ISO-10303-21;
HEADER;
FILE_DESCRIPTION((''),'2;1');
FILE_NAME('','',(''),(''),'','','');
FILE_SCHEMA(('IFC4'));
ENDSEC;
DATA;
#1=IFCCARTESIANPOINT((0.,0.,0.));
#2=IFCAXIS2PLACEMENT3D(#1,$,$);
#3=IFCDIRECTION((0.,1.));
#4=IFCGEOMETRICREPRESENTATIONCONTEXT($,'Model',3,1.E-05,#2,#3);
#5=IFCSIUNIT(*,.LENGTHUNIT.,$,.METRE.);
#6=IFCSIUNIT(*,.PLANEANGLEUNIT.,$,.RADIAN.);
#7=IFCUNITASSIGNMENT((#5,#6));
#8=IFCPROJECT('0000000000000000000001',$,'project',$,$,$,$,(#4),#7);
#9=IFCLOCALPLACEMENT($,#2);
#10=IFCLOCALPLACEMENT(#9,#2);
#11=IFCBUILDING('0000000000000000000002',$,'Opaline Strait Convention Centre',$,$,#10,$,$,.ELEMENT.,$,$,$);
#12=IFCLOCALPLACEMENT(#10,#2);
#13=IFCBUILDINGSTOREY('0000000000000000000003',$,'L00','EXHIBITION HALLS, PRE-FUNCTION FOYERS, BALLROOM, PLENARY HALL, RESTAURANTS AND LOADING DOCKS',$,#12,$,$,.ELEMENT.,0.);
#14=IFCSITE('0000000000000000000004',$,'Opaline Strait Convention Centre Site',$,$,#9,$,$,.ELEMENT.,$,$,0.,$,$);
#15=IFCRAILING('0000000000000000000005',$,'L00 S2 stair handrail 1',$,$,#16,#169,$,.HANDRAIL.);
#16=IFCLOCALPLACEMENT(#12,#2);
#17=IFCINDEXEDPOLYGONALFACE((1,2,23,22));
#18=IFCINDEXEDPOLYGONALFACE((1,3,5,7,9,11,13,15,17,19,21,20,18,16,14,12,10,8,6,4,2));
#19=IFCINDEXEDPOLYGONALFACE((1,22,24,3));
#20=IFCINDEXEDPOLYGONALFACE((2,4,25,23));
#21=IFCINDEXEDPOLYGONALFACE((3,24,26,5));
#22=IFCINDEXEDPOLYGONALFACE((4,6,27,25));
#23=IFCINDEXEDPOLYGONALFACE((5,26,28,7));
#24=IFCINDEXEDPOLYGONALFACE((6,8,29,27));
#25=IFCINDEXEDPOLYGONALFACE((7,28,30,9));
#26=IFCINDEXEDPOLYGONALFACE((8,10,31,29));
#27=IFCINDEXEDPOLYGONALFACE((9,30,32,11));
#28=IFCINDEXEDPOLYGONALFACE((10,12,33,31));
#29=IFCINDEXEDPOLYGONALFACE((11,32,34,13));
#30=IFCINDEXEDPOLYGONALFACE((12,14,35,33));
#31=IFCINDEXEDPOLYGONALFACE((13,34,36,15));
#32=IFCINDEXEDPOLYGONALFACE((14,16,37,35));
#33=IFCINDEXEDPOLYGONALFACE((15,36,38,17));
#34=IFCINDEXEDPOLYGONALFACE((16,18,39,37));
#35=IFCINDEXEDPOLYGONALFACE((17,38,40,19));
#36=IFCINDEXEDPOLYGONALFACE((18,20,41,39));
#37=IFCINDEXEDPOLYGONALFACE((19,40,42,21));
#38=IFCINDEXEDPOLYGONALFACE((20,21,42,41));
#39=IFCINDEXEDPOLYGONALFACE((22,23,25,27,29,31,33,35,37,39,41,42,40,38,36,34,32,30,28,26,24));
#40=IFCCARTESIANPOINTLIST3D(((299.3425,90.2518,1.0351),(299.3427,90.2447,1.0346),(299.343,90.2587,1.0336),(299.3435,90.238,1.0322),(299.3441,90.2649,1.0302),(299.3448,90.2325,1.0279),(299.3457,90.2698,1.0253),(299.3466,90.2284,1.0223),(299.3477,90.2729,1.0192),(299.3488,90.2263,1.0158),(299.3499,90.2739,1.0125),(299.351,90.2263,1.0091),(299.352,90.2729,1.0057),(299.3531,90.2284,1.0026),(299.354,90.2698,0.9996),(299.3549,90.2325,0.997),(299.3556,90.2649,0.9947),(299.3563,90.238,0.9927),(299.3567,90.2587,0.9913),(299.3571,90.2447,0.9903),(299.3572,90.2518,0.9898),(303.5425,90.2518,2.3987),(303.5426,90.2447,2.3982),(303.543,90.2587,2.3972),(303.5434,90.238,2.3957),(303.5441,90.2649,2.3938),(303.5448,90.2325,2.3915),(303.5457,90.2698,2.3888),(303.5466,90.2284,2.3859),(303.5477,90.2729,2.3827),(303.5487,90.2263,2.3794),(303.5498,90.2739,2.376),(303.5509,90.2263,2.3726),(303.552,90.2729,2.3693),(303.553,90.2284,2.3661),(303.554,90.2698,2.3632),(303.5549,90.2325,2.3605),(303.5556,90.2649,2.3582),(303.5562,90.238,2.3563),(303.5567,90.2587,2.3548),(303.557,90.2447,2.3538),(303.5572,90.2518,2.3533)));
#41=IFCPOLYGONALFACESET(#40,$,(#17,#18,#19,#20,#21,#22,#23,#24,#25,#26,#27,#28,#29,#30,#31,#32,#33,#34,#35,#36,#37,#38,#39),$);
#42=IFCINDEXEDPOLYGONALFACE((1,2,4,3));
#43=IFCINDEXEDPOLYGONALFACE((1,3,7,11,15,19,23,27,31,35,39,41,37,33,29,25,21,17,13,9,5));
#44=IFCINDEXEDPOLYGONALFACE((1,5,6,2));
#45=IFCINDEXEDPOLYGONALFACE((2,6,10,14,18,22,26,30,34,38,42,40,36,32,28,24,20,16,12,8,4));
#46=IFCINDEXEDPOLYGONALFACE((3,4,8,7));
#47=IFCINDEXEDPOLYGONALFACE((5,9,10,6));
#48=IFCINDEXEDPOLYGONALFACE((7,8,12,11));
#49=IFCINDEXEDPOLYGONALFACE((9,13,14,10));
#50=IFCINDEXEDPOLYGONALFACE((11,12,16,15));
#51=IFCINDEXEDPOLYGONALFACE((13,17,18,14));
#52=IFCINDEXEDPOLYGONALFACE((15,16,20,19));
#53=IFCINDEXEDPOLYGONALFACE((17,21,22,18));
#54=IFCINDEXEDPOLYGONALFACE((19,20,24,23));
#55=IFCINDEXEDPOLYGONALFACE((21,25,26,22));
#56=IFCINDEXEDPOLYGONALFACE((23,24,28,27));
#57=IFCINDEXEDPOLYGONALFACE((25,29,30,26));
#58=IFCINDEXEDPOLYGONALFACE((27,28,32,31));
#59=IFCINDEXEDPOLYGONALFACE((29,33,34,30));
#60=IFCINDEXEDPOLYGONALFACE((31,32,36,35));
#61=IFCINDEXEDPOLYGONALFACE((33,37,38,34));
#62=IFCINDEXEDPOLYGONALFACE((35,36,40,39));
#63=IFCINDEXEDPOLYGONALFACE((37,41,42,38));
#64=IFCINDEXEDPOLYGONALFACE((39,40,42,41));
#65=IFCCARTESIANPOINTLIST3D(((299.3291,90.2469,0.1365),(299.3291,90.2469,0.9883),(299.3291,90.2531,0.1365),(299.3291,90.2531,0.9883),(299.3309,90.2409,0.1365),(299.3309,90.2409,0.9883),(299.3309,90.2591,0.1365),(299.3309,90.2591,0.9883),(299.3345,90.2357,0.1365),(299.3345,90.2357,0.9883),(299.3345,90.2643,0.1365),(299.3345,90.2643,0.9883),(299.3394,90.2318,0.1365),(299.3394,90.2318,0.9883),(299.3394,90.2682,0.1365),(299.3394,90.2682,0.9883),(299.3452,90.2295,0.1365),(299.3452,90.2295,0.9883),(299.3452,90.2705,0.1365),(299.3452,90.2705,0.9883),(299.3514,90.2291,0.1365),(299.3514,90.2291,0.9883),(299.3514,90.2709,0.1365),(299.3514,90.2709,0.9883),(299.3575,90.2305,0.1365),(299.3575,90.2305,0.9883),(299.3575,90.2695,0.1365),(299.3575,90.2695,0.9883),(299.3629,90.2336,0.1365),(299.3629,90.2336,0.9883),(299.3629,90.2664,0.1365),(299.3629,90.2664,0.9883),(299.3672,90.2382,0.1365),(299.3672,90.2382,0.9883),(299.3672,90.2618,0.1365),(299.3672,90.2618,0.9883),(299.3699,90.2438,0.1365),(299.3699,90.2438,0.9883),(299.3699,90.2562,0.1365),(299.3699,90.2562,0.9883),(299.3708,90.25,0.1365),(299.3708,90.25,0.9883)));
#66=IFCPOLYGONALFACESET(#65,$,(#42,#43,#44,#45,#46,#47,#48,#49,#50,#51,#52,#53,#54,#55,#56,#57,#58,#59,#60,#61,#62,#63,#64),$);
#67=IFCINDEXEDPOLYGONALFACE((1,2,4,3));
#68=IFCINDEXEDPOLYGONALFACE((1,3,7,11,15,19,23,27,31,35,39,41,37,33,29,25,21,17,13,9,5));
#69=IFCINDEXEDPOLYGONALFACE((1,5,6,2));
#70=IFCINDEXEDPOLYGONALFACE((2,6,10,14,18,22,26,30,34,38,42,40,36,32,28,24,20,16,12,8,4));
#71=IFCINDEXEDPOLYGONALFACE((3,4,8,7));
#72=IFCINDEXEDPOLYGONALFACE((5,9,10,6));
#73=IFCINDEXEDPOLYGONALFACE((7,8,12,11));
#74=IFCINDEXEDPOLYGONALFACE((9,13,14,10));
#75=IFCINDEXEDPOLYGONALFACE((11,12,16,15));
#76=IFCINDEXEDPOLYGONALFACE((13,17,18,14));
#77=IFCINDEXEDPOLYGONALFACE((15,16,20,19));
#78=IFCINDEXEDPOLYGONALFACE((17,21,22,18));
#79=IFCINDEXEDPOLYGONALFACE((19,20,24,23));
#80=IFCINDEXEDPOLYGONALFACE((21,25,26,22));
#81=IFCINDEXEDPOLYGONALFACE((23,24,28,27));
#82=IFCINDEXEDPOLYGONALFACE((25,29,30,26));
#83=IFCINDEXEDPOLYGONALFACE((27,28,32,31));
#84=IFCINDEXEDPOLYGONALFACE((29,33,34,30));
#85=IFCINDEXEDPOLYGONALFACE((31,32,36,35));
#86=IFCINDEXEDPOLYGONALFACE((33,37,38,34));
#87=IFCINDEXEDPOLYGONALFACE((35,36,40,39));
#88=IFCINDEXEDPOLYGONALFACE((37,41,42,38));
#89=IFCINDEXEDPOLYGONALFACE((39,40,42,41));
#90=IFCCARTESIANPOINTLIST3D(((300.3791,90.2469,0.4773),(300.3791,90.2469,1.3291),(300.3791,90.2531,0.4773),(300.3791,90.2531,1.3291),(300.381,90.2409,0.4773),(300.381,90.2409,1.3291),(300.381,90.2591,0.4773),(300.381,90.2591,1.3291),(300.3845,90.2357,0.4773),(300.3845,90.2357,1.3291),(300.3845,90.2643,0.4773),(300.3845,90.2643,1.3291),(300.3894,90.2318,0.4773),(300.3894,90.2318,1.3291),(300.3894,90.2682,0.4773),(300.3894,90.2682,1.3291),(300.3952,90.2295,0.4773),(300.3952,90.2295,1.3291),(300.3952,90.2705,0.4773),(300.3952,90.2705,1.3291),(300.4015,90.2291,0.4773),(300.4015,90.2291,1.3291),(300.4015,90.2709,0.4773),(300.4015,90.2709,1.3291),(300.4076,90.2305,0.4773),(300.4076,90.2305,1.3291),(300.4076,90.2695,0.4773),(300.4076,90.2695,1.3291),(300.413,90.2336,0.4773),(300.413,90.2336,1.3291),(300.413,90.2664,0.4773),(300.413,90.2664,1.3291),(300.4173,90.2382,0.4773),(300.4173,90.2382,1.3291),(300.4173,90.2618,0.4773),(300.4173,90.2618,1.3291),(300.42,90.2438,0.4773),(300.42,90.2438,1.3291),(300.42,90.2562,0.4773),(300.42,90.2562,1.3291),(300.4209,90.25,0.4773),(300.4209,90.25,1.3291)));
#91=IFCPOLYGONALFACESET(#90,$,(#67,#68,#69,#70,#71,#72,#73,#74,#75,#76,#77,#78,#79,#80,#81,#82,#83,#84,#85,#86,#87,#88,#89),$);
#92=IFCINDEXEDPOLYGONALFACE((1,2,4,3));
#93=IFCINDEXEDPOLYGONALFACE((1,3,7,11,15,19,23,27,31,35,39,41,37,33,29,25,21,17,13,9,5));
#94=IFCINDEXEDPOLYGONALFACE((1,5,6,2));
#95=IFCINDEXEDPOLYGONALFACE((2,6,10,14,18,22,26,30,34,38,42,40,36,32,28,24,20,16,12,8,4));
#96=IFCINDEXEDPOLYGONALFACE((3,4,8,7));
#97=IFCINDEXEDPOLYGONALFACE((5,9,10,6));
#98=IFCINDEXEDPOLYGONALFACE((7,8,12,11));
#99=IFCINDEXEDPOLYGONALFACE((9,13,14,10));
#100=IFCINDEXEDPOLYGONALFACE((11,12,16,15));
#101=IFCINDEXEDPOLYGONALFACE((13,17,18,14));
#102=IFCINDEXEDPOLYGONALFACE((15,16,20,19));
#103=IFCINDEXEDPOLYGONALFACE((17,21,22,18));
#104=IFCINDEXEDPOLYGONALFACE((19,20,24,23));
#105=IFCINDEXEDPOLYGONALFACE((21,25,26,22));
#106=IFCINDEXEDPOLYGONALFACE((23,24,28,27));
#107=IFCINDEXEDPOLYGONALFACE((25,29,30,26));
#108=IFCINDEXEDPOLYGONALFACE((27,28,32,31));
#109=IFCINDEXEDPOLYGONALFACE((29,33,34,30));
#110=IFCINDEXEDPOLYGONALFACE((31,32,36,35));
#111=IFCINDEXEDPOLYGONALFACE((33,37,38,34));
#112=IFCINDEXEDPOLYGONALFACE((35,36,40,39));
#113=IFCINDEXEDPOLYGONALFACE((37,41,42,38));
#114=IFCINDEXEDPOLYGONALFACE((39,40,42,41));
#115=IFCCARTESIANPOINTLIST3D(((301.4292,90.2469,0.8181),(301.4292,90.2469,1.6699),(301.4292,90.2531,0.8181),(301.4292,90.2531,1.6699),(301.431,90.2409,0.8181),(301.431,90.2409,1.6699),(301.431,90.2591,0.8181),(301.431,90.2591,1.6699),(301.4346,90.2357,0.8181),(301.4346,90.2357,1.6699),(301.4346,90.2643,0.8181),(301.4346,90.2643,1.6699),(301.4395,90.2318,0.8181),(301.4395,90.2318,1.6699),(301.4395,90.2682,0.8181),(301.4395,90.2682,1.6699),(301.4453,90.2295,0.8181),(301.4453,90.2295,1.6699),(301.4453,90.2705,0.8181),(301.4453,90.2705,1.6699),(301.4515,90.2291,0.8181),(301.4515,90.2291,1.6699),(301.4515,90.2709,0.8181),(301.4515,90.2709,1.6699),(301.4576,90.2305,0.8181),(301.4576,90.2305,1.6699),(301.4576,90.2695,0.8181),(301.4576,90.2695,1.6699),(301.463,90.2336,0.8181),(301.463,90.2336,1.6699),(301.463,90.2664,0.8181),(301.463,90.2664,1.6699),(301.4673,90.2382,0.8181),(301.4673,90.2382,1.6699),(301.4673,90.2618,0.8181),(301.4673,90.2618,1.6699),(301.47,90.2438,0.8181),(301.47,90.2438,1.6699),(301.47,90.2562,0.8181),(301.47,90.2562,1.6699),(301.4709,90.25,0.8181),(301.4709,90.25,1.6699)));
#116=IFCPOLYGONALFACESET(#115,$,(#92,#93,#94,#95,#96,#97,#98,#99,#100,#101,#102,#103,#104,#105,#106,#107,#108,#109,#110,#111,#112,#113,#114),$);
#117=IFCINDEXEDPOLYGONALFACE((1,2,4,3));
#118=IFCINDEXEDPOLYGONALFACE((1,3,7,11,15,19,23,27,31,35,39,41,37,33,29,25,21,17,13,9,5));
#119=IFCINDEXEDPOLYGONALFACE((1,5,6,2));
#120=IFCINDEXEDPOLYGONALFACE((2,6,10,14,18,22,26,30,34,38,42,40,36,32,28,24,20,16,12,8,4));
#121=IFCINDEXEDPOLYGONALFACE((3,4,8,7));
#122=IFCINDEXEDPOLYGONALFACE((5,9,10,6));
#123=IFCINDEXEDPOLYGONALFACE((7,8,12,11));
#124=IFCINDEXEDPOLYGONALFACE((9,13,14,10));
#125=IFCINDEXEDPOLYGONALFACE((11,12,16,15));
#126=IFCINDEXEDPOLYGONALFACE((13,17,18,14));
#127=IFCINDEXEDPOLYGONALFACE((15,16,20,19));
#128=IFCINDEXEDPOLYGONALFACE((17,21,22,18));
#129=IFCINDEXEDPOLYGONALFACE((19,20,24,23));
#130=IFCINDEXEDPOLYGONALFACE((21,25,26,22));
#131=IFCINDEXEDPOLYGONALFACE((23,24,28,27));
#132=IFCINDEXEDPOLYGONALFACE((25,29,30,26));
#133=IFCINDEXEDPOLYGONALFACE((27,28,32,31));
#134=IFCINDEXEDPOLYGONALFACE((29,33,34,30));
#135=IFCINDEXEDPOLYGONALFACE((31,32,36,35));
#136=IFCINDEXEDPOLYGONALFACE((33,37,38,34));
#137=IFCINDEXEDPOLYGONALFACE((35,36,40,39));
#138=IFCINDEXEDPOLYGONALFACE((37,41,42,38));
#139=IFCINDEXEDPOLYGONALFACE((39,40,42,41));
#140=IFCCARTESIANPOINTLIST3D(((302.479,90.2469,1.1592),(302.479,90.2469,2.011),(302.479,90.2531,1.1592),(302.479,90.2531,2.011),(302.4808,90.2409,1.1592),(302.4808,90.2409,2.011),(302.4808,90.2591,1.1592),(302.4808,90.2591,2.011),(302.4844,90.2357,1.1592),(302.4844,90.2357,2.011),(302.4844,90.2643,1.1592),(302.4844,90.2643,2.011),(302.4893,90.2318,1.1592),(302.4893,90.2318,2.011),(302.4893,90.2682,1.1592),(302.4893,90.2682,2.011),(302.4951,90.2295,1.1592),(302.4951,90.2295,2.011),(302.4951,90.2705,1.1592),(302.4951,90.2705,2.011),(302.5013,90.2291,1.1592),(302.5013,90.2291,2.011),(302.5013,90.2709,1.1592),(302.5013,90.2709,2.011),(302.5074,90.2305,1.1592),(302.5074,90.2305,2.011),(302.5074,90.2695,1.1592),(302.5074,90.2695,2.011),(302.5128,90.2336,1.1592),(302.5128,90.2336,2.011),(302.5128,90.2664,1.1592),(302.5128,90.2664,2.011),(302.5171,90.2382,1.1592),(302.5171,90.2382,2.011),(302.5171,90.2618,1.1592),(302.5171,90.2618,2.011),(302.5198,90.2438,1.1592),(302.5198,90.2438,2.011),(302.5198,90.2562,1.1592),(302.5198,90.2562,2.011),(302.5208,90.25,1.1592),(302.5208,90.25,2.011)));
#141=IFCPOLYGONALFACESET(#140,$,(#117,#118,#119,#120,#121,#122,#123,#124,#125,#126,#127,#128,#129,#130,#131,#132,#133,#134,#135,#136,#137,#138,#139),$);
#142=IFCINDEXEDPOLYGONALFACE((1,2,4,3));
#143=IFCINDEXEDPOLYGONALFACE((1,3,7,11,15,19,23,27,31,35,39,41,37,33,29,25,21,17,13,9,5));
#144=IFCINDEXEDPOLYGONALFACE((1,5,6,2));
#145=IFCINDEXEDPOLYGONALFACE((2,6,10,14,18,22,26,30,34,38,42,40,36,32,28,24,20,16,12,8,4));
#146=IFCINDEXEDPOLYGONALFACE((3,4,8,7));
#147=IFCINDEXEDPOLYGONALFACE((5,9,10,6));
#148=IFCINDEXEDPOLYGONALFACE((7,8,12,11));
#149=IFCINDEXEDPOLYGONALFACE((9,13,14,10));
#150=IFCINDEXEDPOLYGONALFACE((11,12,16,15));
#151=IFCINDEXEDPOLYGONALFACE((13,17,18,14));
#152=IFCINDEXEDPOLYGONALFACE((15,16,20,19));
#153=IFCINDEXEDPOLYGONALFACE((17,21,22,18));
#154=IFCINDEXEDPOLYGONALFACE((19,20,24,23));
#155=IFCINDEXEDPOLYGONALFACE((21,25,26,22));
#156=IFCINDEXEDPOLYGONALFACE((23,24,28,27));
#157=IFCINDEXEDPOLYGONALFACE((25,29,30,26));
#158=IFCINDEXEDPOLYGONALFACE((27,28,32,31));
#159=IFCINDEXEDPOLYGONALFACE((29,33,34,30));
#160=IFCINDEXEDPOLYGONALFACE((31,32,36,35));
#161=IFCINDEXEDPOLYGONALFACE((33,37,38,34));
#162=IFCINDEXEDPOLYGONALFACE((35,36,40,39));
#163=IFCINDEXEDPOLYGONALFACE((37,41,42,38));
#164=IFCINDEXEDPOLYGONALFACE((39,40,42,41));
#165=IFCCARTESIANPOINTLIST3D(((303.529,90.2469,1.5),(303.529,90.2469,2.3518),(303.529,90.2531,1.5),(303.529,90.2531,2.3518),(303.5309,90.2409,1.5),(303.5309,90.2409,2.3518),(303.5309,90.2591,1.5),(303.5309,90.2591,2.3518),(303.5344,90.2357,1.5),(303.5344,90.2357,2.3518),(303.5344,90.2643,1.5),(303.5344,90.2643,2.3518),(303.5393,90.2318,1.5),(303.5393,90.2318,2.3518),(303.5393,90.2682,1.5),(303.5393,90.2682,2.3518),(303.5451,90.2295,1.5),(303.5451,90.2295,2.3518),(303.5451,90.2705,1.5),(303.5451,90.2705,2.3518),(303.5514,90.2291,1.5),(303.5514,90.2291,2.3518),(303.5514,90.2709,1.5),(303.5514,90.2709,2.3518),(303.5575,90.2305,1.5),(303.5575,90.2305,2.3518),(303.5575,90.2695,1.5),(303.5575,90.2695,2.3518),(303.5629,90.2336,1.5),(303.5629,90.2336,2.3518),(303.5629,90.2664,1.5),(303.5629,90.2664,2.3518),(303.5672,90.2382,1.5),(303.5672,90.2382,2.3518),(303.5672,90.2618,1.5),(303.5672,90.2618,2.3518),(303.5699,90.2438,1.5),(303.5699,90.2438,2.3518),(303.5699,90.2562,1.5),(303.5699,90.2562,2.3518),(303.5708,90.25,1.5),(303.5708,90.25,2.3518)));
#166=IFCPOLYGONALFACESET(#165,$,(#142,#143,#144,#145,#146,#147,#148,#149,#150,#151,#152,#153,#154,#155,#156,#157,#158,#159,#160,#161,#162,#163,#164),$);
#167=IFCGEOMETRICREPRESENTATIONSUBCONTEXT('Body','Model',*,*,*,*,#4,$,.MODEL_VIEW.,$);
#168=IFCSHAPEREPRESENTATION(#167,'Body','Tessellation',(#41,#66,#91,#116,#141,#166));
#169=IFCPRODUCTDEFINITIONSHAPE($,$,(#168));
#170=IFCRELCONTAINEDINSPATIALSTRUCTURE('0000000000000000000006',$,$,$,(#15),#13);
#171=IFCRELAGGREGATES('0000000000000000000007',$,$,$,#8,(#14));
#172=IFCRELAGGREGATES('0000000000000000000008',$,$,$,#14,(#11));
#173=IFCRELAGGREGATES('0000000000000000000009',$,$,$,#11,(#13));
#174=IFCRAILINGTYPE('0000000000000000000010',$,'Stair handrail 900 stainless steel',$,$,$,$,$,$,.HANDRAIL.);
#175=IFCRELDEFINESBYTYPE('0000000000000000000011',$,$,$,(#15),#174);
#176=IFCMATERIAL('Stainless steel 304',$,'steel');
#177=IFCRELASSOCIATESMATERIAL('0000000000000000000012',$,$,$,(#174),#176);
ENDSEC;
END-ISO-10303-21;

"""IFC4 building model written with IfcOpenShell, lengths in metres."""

from ifc_helpers import new_model, si_unit, direction, frame, origin, origin_2d, place, context, subcontext, project, spatial, circle, extrude, material, type_object, element, save


model = new_model("IFC4")

# Units and contexts
model_context = context("Model", 3, precision=1e-05, world=origin(), true_north=direction((0.0, 1.0)))
body_context = subcontext(model_context, "Body", "Model", "MODEL_VIEW")
ifc_project = project(units=[si_unit("LENGTHUNIT", "METRE"), si_unit("PLANEANGLEUNIT", "RADIAN")], contexts=[model_context])

# Site, building, storey
site_placement = place(None, origin())
site = spatial("IfcSite", under=ifc_project, at=site_placement, Name="Opaline Strait Convention Centre Site", CompositionType="ELEMENT", RefElevation=0.0)
building_placement = place(site_placement, origin())
building = spatial("IfcBuilding", under=site, at=building_placement, Name="Opaline Strait Convention Centre", CompositionType="ELEMENT")
storey_placement = place(building_placement, origin())
storey = spatial("IfcBuildingStorey", under=building, at=storey_placement, Name="L00", Description="EXHIBITION HALLS, PRE-FUNCTION FOYERS, BALLROOM, PLENARY HALL, RESTAURANTS AND LOADING DOCKS", CompositionType="ELEMENT", Elevation=0.0)

# Railing
ifc_material_1 = material(Name="Stainless steel 304", Category="steel")
railing_type_1 = type_object("IfcRailingType", Name="Stair handrail 900 stainless steel", PredefinedType="HANDRAIL", material=ifc_material_1)
railing_1_placement = place(storey_placement, frame((299.3499, 90.25, 0.1365)))
element("IfcRailing", 1, at=railing_1_placement, inside=storey, type_object=railing_type_1, Name="L00 S2 stair handrail 1", PredefinedType="HANDRAIL", context=body_context, shape_type="SweptSolid", body=[
    extrude(circle(Radius=0.0239, at=origin_2d()), frame((0.0, 0.0, 0.876), z_axis=(0.951131, 0.0, 0.308787), x_axis=(0.0, 1.0, 0.0)), (0.0, 0.0, 1.0), 4.4158),
    extrude(circle(Radius=0.021, at=origin_2d()), origin(), (0.0, 0.0, 1.0), 0.8518),
    extrude(circle(Radius=0.021, at=origin_2d()), frame((1.05, 0.0, 0.3408)), (0.0, 0.0, 1.0), 0.8518),
    extrude(circle(Radius=0.021, at=origin_2d()), frame((2.1001, 0.0, 0.6816)), (0.0, 0.0, 1.0), 0.8518),
    extrude(circle(Radius=0.021, at=origin_2d()), frame((3.1499, 0.0, 1.0227)), (0.0, 0.0, 1.0), 0.8518),
    extrude(circle(Radius=0.021, at=origin_2d()), frame((4.2, 0.0, 1.3635)), (0.0, 0.0, 1.0), 0.8518),
])

save(model, "model.ifc")
